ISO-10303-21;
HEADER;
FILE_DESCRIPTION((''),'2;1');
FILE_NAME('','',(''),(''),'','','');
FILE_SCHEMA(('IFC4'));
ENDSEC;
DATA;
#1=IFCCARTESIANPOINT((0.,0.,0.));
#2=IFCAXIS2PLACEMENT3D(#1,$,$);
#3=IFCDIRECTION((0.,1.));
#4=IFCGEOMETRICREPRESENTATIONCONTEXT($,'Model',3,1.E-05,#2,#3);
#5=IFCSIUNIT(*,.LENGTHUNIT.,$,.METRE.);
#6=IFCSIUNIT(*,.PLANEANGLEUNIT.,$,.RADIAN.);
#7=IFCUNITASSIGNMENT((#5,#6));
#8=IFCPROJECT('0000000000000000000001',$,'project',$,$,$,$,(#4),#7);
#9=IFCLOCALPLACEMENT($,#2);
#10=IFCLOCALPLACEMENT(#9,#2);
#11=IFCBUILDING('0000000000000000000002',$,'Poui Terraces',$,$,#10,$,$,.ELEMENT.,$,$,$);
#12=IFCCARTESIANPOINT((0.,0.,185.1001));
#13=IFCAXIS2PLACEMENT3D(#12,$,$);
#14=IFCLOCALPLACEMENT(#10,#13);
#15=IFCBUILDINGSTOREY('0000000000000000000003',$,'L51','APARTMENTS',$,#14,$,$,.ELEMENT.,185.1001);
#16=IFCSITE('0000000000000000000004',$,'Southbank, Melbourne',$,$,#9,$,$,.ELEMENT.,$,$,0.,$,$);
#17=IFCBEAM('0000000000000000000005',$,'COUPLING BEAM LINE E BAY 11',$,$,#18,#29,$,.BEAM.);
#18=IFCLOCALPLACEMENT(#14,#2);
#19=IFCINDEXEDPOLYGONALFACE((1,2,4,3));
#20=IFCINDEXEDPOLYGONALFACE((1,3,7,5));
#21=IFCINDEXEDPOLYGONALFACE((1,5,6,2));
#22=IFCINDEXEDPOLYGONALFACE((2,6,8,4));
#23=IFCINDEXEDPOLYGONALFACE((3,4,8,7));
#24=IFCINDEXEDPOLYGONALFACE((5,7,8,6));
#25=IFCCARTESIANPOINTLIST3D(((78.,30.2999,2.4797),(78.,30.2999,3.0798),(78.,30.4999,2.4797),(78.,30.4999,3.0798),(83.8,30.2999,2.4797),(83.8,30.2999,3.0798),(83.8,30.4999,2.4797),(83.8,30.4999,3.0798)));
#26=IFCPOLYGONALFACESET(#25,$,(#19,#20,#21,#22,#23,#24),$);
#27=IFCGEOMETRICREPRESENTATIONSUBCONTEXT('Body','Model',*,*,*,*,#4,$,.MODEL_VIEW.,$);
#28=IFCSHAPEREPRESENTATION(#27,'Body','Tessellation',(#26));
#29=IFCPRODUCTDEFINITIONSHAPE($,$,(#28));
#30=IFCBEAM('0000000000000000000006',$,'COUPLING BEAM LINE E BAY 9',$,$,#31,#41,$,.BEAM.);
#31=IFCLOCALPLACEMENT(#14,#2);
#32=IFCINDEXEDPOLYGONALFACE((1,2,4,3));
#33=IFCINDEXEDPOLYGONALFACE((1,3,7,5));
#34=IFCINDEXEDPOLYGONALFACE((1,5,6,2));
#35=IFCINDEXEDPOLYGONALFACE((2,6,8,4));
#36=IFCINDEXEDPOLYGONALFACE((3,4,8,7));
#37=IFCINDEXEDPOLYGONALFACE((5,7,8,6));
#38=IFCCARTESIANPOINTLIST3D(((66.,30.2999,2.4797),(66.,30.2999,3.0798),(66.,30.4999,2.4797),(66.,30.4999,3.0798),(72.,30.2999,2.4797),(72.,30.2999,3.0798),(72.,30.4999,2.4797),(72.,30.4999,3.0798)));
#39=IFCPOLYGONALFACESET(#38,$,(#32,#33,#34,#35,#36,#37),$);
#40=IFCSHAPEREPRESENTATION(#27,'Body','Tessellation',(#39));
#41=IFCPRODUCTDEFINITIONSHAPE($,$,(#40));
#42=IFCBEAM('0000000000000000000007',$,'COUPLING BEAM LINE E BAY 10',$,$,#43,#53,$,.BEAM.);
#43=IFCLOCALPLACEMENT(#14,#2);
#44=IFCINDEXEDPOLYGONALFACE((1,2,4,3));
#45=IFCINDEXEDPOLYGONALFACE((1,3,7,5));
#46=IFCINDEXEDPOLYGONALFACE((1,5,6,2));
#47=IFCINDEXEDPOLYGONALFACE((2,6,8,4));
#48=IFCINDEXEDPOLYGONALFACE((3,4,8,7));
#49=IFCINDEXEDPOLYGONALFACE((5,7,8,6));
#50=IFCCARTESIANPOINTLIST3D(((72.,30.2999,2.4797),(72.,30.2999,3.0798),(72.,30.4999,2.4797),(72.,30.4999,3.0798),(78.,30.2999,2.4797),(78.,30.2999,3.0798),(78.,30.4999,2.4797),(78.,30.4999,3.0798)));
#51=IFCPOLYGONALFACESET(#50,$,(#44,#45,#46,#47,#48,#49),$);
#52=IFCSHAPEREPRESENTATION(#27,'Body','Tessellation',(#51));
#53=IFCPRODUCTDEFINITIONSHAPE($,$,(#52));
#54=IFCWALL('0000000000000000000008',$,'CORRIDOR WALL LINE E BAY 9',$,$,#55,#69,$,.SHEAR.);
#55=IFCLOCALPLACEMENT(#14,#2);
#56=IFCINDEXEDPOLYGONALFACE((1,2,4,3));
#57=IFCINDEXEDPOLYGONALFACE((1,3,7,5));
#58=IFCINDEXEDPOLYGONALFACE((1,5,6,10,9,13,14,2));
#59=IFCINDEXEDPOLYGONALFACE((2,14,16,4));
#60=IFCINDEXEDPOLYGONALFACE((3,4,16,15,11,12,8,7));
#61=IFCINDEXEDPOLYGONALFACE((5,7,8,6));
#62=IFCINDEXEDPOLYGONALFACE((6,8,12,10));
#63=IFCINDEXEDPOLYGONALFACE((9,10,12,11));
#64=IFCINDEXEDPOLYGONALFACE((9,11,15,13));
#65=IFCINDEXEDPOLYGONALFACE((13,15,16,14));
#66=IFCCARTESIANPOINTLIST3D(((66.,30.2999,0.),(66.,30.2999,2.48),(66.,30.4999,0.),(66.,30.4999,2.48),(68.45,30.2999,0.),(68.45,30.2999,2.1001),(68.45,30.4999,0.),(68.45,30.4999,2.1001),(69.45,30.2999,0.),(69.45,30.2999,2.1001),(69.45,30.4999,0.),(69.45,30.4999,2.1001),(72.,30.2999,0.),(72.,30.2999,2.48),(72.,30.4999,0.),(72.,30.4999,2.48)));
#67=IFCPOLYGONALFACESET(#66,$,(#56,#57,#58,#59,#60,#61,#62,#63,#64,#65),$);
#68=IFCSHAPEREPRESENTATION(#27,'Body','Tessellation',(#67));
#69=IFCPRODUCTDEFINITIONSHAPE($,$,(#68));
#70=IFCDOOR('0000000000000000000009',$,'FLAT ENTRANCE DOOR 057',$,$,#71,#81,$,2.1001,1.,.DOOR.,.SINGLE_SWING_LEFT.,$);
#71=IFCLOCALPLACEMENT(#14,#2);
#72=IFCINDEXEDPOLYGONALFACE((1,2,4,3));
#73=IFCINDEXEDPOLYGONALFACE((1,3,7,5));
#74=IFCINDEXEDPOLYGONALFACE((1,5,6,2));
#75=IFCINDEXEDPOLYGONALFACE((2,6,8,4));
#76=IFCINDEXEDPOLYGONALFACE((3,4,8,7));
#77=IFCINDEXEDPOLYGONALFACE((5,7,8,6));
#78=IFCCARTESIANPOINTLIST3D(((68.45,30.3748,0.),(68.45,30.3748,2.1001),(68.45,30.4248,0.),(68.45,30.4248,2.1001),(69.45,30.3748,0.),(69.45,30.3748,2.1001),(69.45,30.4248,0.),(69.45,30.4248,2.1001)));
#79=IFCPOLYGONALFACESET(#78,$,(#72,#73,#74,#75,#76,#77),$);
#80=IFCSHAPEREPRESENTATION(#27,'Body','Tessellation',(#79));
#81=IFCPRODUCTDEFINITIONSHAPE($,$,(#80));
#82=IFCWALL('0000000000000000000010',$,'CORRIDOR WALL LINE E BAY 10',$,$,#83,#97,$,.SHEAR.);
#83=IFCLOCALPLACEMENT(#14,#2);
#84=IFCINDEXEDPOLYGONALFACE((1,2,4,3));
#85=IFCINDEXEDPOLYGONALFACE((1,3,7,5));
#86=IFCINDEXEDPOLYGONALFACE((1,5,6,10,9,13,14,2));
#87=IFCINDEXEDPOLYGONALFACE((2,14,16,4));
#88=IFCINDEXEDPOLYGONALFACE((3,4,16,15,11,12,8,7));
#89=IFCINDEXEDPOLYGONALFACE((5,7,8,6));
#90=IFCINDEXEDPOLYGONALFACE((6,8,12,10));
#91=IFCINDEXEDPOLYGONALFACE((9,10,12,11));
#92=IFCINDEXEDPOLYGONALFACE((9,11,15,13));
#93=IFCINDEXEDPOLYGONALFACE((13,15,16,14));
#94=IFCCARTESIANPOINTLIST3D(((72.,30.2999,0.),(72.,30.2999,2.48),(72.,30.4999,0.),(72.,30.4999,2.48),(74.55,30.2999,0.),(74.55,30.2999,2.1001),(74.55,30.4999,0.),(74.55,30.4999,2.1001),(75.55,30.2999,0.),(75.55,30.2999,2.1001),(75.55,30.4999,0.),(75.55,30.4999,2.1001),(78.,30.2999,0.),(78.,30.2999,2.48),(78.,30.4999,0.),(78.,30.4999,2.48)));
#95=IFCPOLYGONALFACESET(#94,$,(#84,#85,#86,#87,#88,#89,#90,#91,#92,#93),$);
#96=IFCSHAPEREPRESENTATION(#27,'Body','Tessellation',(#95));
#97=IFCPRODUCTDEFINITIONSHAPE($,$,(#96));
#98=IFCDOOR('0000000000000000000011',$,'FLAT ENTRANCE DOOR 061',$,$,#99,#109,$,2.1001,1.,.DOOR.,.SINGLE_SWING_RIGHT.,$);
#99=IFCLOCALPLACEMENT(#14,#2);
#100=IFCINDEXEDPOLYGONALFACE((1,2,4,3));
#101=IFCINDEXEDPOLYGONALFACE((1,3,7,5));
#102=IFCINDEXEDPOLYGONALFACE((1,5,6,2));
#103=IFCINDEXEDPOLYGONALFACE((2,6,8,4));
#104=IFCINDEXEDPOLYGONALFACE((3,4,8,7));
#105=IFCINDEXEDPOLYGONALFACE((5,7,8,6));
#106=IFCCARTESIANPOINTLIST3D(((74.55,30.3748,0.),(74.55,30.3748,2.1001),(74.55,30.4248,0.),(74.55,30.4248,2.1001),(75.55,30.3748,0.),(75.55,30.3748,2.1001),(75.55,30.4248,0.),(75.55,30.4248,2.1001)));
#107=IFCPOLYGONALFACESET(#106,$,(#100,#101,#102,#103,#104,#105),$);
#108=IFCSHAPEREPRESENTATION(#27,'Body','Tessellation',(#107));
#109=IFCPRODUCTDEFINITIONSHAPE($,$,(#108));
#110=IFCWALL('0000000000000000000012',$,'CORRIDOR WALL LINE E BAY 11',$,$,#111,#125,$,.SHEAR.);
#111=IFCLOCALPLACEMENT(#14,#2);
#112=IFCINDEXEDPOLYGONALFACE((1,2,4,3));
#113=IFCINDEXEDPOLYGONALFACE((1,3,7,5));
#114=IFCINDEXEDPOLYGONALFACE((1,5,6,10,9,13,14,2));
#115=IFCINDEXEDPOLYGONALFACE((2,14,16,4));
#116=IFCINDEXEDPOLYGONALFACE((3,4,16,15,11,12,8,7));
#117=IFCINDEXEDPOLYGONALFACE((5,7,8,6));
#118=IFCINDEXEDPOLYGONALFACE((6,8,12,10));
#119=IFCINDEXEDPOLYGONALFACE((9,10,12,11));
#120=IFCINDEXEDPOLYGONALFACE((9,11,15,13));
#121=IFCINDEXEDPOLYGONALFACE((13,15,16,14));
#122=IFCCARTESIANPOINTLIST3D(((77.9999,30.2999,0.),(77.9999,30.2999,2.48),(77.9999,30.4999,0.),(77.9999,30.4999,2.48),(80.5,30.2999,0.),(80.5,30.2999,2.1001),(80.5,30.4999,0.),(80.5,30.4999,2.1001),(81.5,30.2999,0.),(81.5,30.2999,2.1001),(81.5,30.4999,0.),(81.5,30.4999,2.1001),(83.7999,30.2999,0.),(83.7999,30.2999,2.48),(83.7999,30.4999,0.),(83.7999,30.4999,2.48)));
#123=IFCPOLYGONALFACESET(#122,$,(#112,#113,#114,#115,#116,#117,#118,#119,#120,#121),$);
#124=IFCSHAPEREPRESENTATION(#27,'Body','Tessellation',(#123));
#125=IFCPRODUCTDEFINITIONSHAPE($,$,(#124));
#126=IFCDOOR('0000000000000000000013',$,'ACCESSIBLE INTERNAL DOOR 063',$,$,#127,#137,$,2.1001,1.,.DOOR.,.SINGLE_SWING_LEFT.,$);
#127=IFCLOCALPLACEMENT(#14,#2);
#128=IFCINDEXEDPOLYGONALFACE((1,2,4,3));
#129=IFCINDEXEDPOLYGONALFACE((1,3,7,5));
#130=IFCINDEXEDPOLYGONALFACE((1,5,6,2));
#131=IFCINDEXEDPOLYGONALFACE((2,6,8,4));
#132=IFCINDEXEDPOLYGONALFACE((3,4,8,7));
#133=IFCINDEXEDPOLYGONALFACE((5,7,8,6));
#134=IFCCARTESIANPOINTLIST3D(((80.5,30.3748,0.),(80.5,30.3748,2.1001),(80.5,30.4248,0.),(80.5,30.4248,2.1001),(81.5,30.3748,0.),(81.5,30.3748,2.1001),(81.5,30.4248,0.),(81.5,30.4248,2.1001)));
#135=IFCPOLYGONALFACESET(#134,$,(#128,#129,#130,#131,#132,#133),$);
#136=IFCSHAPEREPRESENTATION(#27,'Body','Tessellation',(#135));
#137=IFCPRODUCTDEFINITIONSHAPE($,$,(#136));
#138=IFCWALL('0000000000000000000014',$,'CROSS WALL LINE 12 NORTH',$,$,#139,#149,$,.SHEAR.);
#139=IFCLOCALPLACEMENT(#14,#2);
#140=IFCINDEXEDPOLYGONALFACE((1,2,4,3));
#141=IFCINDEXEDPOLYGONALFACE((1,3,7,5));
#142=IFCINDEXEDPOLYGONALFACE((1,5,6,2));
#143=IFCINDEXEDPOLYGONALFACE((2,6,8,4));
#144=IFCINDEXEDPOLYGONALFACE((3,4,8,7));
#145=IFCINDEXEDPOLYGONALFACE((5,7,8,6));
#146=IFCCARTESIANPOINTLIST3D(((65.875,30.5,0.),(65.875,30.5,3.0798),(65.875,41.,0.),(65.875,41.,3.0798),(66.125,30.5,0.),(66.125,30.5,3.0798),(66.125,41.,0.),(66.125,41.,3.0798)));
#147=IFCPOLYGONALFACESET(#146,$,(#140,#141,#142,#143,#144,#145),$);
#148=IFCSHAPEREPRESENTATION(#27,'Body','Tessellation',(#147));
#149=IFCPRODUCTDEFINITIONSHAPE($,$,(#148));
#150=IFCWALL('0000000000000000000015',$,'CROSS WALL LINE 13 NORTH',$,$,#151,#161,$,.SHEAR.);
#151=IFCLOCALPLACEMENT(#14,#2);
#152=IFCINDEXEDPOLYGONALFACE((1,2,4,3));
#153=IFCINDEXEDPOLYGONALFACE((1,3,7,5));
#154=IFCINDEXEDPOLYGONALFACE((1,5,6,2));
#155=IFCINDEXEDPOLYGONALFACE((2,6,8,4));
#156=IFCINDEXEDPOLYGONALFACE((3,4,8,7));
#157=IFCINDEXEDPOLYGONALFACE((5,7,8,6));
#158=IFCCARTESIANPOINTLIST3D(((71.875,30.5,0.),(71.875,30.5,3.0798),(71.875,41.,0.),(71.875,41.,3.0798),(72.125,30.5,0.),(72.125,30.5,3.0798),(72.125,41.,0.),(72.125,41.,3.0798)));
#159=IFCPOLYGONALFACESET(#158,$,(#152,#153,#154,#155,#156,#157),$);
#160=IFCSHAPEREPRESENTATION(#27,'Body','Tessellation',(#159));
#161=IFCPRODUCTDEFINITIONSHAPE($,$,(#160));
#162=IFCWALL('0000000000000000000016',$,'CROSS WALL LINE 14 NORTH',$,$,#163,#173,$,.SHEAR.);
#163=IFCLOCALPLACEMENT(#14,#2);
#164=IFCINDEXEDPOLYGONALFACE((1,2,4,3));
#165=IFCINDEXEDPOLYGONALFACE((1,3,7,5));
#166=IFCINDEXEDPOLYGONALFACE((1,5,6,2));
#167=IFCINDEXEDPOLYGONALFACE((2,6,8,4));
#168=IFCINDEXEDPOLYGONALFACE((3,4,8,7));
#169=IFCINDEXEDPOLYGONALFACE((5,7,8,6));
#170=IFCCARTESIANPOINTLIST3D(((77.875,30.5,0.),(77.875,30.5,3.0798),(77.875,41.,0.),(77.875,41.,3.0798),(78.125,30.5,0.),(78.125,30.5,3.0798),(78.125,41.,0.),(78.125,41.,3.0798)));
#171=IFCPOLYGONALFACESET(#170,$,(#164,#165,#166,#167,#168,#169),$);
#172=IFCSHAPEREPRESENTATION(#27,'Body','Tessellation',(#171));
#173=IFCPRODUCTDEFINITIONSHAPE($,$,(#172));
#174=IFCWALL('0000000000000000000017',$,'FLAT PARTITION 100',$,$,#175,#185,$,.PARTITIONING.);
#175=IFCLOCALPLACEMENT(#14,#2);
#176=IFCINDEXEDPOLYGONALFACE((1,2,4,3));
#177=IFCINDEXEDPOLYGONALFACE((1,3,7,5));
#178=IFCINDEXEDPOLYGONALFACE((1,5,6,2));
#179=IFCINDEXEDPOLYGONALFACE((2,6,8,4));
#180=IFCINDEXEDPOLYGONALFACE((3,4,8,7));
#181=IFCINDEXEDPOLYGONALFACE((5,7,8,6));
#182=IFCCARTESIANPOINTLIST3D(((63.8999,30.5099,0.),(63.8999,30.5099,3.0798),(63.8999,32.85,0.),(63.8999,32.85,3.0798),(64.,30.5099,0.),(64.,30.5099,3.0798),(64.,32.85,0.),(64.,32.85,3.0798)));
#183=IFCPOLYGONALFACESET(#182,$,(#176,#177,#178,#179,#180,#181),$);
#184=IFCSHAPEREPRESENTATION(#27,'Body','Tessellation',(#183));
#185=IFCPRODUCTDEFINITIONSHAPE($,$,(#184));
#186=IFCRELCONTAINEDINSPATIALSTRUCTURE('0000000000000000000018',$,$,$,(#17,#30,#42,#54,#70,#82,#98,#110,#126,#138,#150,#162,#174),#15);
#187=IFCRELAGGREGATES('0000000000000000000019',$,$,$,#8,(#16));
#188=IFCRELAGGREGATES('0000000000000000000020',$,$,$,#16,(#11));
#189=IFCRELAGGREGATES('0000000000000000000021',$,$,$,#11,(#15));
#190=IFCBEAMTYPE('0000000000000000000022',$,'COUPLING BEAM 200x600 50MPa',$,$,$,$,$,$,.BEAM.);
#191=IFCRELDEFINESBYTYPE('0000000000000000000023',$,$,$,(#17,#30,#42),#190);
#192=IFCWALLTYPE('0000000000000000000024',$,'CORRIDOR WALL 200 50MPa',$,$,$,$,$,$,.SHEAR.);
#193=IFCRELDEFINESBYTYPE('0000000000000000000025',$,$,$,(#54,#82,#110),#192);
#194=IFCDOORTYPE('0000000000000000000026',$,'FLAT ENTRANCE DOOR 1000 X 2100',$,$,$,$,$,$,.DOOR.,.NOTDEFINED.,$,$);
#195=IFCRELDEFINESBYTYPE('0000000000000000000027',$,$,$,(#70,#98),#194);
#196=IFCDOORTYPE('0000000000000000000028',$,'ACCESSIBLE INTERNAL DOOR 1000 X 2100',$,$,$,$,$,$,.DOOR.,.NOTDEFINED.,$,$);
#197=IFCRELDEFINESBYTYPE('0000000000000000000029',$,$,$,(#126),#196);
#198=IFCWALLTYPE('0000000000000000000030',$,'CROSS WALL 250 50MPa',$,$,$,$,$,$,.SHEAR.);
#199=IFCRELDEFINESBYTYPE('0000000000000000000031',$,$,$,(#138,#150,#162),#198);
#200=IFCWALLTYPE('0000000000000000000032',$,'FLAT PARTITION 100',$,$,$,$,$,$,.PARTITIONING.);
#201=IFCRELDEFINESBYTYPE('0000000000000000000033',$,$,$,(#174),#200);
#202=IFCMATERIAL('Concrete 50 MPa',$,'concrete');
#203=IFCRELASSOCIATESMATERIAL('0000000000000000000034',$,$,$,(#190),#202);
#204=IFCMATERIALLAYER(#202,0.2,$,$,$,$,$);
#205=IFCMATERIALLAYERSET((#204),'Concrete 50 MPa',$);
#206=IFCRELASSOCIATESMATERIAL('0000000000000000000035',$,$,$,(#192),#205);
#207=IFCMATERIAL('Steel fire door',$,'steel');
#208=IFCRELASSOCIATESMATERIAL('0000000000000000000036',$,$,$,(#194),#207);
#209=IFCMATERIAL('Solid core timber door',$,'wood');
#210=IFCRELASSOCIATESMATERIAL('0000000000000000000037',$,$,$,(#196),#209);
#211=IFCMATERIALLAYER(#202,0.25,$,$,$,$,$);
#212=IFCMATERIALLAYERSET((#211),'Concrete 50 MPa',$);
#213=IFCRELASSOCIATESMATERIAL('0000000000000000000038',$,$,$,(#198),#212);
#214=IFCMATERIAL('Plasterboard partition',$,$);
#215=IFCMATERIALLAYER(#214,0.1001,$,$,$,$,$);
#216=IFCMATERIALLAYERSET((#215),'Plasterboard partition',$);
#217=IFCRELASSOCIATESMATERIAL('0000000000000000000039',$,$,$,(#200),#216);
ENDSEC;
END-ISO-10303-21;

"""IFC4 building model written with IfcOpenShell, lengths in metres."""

from ifc_helpers import new_model, si_unit, direction, frame, frame_2d, origin, origin_2d, place, context, subcontext, project, spatial, rectangle, extrude, source, transform, mapped, material, layer, layer_set, material_profile, profile_set, type_object, element, fill, save


model = new_model("IFC4")

# Units and contexts
model_context = context("Model", 3, precision=1e-05, world=origin(), true_north=direction((0.0, 1.0)))
body_context = subcontext(model_context, "Body", "Model", "MODEL_VIEW")
ifc_project = project(units=[si_unit("LENGTHUNIT", "METRE"), si_unit("PLANEANGLEUNIT", "RADIAN")], contexts=[model_context])

# Site, building, storey
site_placement = place(None, origin())
site = spatial("IfcSite", under=ifc_project, at=site_placement, Name="Southbank, Melbourne", CompositionType="ELEMENT", RefElevation=0.0)
building_placement = place(site_placement, origin())
building = spatial("IfcBuilding", under=site, at=building_placement, Name="Poui Terraces", CompositionType="ELEMENT")
storey_placement = place(building_placement, frame((0.0, 0.0, 185.1001)))
storey = spatial("IfcBuildingStorey", under=building, at=storey_placement, Name="L51", Description="APARTMENTS", CompositionType="ELEMENT", Elevation=185.1001)

# Beams
ifc_material_1 = material(Name="Concrete 50 MPa", Category="concrete")
ifc_material_profile = material_profile(ifc_material_1, rectangle(XDim=0.2, YDim=0.6001, at=origin_2d()), Name="RC 200x600")
ifc_profile_set = profile_set([ifc_material_profile], Name="Concrete 50 MPa")
beam_type = type_object("IfcBeamType", Name="COUPLING BEAM 200x600 50MPa", PredefinedType="BEAM", material=ifc_profile_set)
shared_shape_1 = source(origin(), body_context, "Body", "SweptSolid", [
    extrude(rectangle(XDim=0.2, YDim=0.6001, at=origin_2d()), origin(), (0.0, 0.0, 1.0), 5.8),
])
beam_placement = place(storey_placement, frame((78.0, 30.3999, 2.7798), z_axis=(1.0, 0.0, 0.0), x_axis=(0.0, 1.0, 0.0)))
element("IfcBeam", 1, at=beam_placement, inside=storey, type_object=beam_type, Name="COUPLING BEAM LINE E BAY 11", PredefinedType="BEAM", context=body_context, shape_type="MappedRepresentation", body=[
    mapped(shared_shape_1, transform((0.0, 0.0, 0.0))),
])
shared_shape_2 = source(origin(), body_context, "Body", "SweptSolid", [
    extrude(rectangle(XDim=0.2, YDim=0.6001, at=origin_2d()), origin(), (0.0, 0.0, 1.0), 6.0),
])
for number, where, z_axis, x_axis, name in (
    (2, (66.0, 30.3999, 2.7798), (1.0, 0.0, 0.0), (0.0, 1.0, 0.0), "COUPLING BEAM LINE E BAY 9"),
    (3, (72.0, 30.3999, 2.7798), (1.0, 0.0, 0.0), (0.0, 1.0, 0.0), "COUPLING BEAM LINE E BAY 10"),
):
    element("IfcBeam", number, at=place(storey_placement, frame(where, z_axis=z_axis, x_axis=x_axis)), inside=storey, type_object=beam_type, Name=name, PredefinedType="BEAM", context=body_context, shape_type="MappedRepresentation", body=[
        mapped(shared_shape_2, transform((0.0, 0.0, 0.0))),
    ])

# Walls, openings, doors
ifc_layer_1 = layer(ifc_material_1, 0.2)
ifc_layer_set_1 = layer_set([ifc_layer_1], Name="Concrete 50 MPa")
wall_type_1 = type_object("IfcWallType", Name="CORRIDOR WALL 200 50MPa", PredefinedType="SHEAR", material=ifc_layer_set_1)
wall_1_placement = place(storey_placement, frame((66.0, 30.3999, 0.0), z_axis=(0.0, 0.0, 1.0), x_axis=(1.0, 0.0, 0.0)))
wall_1 = element("IfcWall", 4, at=wall_1_placement, inside=storey, type_object=wall_type_1, Name="CORRIDOR WALL LINE E BAY 9", PredefinedType="SHEAR", context=body_context, shape_type="SweptSolid", body=[
    extrude(rectangle(XDim=6.0, YDim=0.2, at=frame_2d((3.0, 0.0))), origin(), (0.0, 0.0, 1.0), 2.48),
])
opening_1_placement = place(wall_1_placement, frame((2.45, 0.0, 0.0)))
opening_1 = element("IfcOpeningElement", 5, at=opening_1_placement, cuts=wall_1, PredefinedType="OPENING", context=body_context, shape_type="SweptSolid", body=[
    extrude(rectangle(XDim=1.0, YDim=2.1001, at=frame_2d((0.5, 1.05))), frame((0.0, 0.1099, 0.0), z_axis=(0.0, -1.0, 0.0), x_axis=(1.0, 0.0, 0.0)), (0.0, 0.0, 1.0), 0.22),
])
ifc_material_2 = material(Name="Steel fire door", Category="steel")
door_type_1 = type_object("IfcDoorType", Name="FLAT ENTRANCE DOOR 1000 X 2100", OperationType="NOTDEFINED", PredefinedType="DOOR", material=ifc_material_2)
door_1_placement = place(opening_1_placement, origin())
door_1 = element("IfcDoor", 6, at=door_1_placement, inside=storey, type_object=door_type_1, Name="FLAT ENTRANCE DOOR 057", OperationType="SINGLE_SWING_LEFT", OverallHeight=2.1001, OverallWidth=1.0, PredefinedType="DOOR", context=body_context, shape_type="SweptSolid", body=[
    extrude(rectangle(XDim=1.0, YDim=2.1001, at=frame_2d((0.5, 1.05))), frame((0.0, 0.0249, 0.0), z_axis=(0.0, -1.0, 0.0), x_axis=(1.0, 0.0, 0.0)), (0.0, 0.0, 1.0), 0.05),
])
fill(opening_1, door_1)
wall_2_placement = place(storey_placement, frame((72.0, 30.3999, 0.0), z_axis=(0.0, 0.0, 1.0), x_axis=(1.0, 0.0, 0.0)))
wall_2 = element("IfcWall", 7, at=wall_2_placement, inside=storey, type_object=wall_type_1, Name="CORRIDOR WALL LINE E BAY 10", PredefinedType="SHEAR", context=body_context, shape_type="SweptSolid", body=[
    extrude(rectangle(XDim=6.0, YDim=0.2, at=frame_2d((3.0, 0.0))), origin(), (0.0, 0.0, 1.0), 2.48),
])
opening_2_placement = place(wall_2_placement, frame((2.55, 0.0, 0.0)))
opening_2 = element("IfcOpeningElement", 8, at=opening_2_placement, cuts=wall_2, PredefinedType="OPENING", context=body_context, shape_type="SweptSolid", body=[
    extrude(rectangle(XDim=1.0, YDim=2.1001, at=frame_2d((0.5, 1.05))), frame((0.0, 0.1099, 0.0), z_axis=(0.0, -1.0, 0.0), x_axis=(1.0, 0.0, 0.0)), (0.0, 0.0, 1.0), 0.22),
])
door_2_placement = place(opening_2_placement, origin())
door_2 = element("IfcDoor", 9, at=door_2_placement, inside=storey, type_object=door_type_1, Name="FLAT ENTRANCE DOOR 061", OperationType="SINGLE_SWING_RIGHT", OverallHeight=2.1001, OverallWidth=1.0, PredefinedType="DOOR", context=body_context, shape_type="SweptSolid", body=[
    extrude(rectangle(XDim=1.0, YDim=2.1001, at=frame_2d((0.5, 1.05))), frame((0.0, 0.0249, 0.0), z_axis=(0.0, -1.0, 0.0), x_axis=(1.0, 0.0, 0.0)), (0.0, 0.0, 1.0), 0.05),
])
fill(opening_2, door_2)
wall_3_placement = place(storey_placement, frame((78.0, 30.3999, 0.0), z_axis=(0.0, 0.0, 1.0), x_axis=(1.0, 0.0, 0.0)))
wall_3 = element("IfcWall", 10, at=wall_3_placement, inside=storey, type_object=wall_type_1, Name="CORRIDOR WALL LINE E BAY 11", PredefinedType="SHEAR", context=body_context, shape_type="SweptSolid", body=[
    extrude(rectangle(XDim=5.8, YDim=0.2, at=frame_2d((2.8999, 0.0))), origin(), (0.0, 0.0, 1.0), 2.48),
])
opening_3_placement = place(wall_3_placement, frame((2.5, 0.0, 0.0)))
opening_3 = element("IfcOpeningElement", 11, at=opening_3_placement, cuts=wall_3, PredefinedType="OPENING", context=body_context, shape_type="SweptSolid", body=[
    extrude(rectangle(XDim=1.0, YDim=2.1001, at=frame_2d((0.5, 1.05))), frame((0.0, 0.1099, 0.0), z_axis=(0.0, -1.0, 0.0), x_axis=(1.0, 0.0, 0.0)), (0.0, 0.0, 1.0), 0.22),
])
ifc_material_3 = material(Name="Solid core timber door", Category="wood")
door_type_2 = type_object("IfcDoorType", Name="ACCESSIBLE INTERNAL DOOR 1000 X 2100", OperationType="NOTDEFINED", PredefinedType="DOOR", material=ifc_material_3)
door_3_placement = place(opening_3_placement, origin())
door_3 = element("IfcDoor", 12, at=door_3_placement, inside=storey, type_object=door_type_2, Name="ACCESSIBLE INTERNAL DOOR 063", OperationType="SINGLE_SWING_LEFT", OverallHeight=2.1001, OverallWidth=1.0, PredefinedType="DOOR", context=body_context, shape_type="SweptSolid", body=[
    extrude(rectangle(XDim=1.0, YDim=2.1001, at=frame_2d((0.5, 1.05))), frame((0.0, 0.0249, 0.0), z_axis=(0.0, -1.0, 0.0), x_axis=(1.0, 0.0, 0.0)), (0.0, 0.0, 1.0), 0.05),
])
fill(opening_3, door_3)

# Walls
ifc_layer_2 = layer(ifc_material_1, 0.25)
ifc_layer_set_2 = layer_set([ifc_layer_2], Name="Concrete 50 MPa")
wall_type_2 = type_object("IfcWallType", Name="CROSS WALL 250 50MPa", PredefinedType="SHEAR", material=ifc_layer_set_2)
for number, where, z_axis, x_axis, name in (
    (13, (66.0, 30.5, 0.0), (0.0, 0.0, 1.0), (0.0, 1.0, 0.0), "CROSS WALL LINE 12 NORTH"),
    (14, (72.0, 30.5, 0.0), (0.0, 0.0, 1.0), (0.0, 1.0, 0.0), "CROSS WALL LINE 13 NORTH"),
    (15, (78.0, 30.5, 0.0), (0.0, 0.0, 1.0), (0.0, 1.0, 0.0), "CROSS WALL LINE 14 NORTH"),
):
    element("IfcWall", number, at=place(storey_placement, frame(where, z_axis=z_axis, x_axis=x_axis)), inside=storey, type_object=wall_type_2, Name=name, PredefinedType="SHEAR", context=body_context, shape_type="SweptSolid", body=[
        extrude(rectangle(XDim=10.5, YDim=0.25, at=frame_2d((5.25, 0.0))), origin(), (0.0, 0.0, 1.0), 3.0798),
    ])
ifc_material_4 = material(Name="Plasterboard partition")
ifc_layer_3 = layer(ifc_material_4, 0.1001)
ifc_layer_set_3 = layer_set([ifc_layer_3], Name="Plasterboard partition")
wall_type_3 = type_object("IfcWallType", Name="FLAT PARTITION 100", PredefinedType="PARTITIONING", material=ifc_layer_set_3)
wall_4_placement = place(storey_placement, frame((63.95, 30.51, 0.0), z_axis=(0.0, 0.0, 1.0), x_axis=(0.0, 1.0, 0.0)))
element("IfcWall", 16, at=wall_4_placement, inside=storey, type_object=wall_type_3, Name="FLAT PARTITION 100", PredefinedType="PARTITIONING", context=body_context, shape_type="SweptSolid", body=[
    extrude(rectangle(XDim=2.3401, YDim=0.1001, at=frame_2d((1.1699, 0.0))), origin(), (0.0, 0.0, 1.0), 3.0798),
])

save(model, "model.ifc")
